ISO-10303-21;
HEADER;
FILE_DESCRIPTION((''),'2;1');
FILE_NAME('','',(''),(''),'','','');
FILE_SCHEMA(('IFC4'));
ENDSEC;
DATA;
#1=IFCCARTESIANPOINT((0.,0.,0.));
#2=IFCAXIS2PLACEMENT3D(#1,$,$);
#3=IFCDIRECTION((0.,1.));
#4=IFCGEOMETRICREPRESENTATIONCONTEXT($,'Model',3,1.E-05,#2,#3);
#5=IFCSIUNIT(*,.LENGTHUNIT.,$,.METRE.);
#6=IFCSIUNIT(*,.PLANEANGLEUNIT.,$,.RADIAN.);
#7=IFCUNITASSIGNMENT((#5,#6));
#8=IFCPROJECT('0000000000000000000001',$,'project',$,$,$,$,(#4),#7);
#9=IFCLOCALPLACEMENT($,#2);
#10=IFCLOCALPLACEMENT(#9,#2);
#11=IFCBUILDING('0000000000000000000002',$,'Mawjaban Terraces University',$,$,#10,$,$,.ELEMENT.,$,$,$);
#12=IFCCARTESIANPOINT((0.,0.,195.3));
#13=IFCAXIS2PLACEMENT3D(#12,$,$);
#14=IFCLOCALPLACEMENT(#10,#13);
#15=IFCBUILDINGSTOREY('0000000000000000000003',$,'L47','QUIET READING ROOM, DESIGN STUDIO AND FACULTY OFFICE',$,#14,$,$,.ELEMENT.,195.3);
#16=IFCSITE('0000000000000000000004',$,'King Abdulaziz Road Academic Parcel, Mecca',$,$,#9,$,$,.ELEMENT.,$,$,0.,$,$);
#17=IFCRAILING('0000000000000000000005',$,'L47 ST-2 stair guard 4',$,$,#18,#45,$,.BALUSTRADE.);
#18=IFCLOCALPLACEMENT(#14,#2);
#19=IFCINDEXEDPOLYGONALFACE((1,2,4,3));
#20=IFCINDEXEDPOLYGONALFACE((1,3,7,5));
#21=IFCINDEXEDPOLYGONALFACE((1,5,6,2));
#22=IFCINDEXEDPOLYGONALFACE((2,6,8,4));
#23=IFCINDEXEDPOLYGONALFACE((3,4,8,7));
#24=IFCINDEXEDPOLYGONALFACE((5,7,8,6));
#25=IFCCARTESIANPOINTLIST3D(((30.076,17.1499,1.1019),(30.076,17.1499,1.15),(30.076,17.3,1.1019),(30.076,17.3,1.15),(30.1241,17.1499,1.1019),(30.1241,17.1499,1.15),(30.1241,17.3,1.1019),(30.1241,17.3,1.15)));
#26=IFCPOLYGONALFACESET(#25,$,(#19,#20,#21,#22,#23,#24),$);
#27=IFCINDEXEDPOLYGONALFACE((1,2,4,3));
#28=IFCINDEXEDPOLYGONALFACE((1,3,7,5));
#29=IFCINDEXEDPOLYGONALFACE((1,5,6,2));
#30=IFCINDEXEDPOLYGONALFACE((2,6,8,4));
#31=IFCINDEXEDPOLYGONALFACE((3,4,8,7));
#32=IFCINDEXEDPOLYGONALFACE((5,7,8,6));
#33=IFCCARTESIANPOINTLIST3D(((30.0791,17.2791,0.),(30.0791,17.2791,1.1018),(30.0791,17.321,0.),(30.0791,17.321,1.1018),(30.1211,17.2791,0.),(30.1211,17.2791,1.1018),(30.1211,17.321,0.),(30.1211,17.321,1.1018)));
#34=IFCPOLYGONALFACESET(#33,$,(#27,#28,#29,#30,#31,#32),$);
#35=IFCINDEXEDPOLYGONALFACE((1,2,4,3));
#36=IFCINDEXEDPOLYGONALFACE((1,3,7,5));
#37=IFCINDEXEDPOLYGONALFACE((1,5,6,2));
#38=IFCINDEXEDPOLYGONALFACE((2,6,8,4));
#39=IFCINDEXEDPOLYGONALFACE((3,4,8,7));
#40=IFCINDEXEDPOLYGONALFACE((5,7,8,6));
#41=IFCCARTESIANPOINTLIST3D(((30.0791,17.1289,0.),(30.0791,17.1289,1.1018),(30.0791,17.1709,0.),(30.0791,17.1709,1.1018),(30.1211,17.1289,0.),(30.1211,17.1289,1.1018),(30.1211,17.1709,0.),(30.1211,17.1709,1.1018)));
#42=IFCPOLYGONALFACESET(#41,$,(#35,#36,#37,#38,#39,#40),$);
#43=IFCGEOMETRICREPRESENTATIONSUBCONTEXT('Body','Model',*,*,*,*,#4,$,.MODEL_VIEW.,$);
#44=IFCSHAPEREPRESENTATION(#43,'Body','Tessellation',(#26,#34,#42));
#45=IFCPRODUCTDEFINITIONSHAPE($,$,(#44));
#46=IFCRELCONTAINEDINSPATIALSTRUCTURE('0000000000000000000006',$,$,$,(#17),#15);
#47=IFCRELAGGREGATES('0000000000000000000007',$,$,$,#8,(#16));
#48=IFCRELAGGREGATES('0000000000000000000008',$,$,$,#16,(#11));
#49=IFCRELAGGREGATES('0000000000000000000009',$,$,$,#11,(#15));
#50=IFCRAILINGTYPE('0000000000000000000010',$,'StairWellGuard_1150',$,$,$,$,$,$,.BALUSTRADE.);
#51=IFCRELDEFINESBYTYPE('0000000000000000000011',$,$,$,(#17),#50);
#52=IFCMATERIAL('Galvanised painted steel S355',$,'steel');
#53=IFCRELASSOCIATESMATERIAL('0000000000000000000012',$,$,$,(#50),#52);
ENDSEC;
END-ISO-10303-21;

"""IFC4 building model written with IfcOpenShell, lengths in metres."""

from ifc_helpers import new_model, si_unit, direction, frame, origin, origin_2d, place, context, subcontext, project, spatial, rectangle, extrude, material, type_object, element, save


model = new_model("IFC4")

# Units and contexts
model_context = context("Model", 3, precision=1e-05, world=origin(), true_north=direction((0.0, 1.0)))
body_context = subcontext(model_context, "Body", "Model", "MODEL_VIEW")
ifc_project = project(units=[si_unit("LENGTHUNIT", "METRE"), si_unit("PLANEANGLEUNIT", "RADIAN")], contexts=[model_context])

# Site, building, storey
site_placement = place(None, origin())
site = spatial("IfcSite", under=ifc_project, at=site_placement, Name="King Abdulaziz Road Academic Parcel, Mecca", CompositionType="ELEMENT", RefElevation=0.0)
building_placement = place(site_placement, origin())
building = spatial("IfcBuilding", under=site, at=building_placement, Name="Mawjaban Terraces University", CompositionType="ELEMENT")
storey_placement = place(building_placement, frame((0.0, 0.0, 195.3)))
storey = spatial("IfcBuildingStorey", under=building, at=storey_placement, Name="L47", Description="QUIET READING ROOM, DESIGN STUDIO AND FACULTY OFFICE", CompositionType="ELEMENT", Elevation=195.3)

# Railing
ifc_material_1 = material(Name="Galvanised painted steel S355", Category="steel")
railing_type_1 = type_object("IfcRailingType", Name="StairWellGuard_1150", PredefinedType="BALUSTRADE", material=ifc_material_1)
railing_1_placement = place(storey_placement, frame((30.1001, 17.3, 0.0)))
element("IfcRailing", 1, at=railing_1_placement, inside=storey, type_object=railing_type_1, Name="L47 ST-2 stair guard 4", PredefinedType="BALUSTRADE", context=body_context, shape_type="SweptSolid", body=[
    extrude(rectangle(XDim=0.0481, YDim=0.0481, at=origin_2d()), frame((0.0, 0.0, 1.126), z_axis=(0.0, -1.0, 0.0), x_axis=(1.0, 0.0, 0.0)), (0.0, 0.0, 1.0), 0.1501),
    extrude(rectangle(XDim=0.042, YDim=0.042, at=origin_2d()), origin(), (0.0, 0.0, 1.0), 1.1018),
    extrude(rectangle(XDim=0.042, YDim=0.042, at=origin_2d()), frame((0.0, -0.1501, 0.0)), (0.0, 0.0, 1.0), 1.1018),
])

save(model, "model.ifc")
